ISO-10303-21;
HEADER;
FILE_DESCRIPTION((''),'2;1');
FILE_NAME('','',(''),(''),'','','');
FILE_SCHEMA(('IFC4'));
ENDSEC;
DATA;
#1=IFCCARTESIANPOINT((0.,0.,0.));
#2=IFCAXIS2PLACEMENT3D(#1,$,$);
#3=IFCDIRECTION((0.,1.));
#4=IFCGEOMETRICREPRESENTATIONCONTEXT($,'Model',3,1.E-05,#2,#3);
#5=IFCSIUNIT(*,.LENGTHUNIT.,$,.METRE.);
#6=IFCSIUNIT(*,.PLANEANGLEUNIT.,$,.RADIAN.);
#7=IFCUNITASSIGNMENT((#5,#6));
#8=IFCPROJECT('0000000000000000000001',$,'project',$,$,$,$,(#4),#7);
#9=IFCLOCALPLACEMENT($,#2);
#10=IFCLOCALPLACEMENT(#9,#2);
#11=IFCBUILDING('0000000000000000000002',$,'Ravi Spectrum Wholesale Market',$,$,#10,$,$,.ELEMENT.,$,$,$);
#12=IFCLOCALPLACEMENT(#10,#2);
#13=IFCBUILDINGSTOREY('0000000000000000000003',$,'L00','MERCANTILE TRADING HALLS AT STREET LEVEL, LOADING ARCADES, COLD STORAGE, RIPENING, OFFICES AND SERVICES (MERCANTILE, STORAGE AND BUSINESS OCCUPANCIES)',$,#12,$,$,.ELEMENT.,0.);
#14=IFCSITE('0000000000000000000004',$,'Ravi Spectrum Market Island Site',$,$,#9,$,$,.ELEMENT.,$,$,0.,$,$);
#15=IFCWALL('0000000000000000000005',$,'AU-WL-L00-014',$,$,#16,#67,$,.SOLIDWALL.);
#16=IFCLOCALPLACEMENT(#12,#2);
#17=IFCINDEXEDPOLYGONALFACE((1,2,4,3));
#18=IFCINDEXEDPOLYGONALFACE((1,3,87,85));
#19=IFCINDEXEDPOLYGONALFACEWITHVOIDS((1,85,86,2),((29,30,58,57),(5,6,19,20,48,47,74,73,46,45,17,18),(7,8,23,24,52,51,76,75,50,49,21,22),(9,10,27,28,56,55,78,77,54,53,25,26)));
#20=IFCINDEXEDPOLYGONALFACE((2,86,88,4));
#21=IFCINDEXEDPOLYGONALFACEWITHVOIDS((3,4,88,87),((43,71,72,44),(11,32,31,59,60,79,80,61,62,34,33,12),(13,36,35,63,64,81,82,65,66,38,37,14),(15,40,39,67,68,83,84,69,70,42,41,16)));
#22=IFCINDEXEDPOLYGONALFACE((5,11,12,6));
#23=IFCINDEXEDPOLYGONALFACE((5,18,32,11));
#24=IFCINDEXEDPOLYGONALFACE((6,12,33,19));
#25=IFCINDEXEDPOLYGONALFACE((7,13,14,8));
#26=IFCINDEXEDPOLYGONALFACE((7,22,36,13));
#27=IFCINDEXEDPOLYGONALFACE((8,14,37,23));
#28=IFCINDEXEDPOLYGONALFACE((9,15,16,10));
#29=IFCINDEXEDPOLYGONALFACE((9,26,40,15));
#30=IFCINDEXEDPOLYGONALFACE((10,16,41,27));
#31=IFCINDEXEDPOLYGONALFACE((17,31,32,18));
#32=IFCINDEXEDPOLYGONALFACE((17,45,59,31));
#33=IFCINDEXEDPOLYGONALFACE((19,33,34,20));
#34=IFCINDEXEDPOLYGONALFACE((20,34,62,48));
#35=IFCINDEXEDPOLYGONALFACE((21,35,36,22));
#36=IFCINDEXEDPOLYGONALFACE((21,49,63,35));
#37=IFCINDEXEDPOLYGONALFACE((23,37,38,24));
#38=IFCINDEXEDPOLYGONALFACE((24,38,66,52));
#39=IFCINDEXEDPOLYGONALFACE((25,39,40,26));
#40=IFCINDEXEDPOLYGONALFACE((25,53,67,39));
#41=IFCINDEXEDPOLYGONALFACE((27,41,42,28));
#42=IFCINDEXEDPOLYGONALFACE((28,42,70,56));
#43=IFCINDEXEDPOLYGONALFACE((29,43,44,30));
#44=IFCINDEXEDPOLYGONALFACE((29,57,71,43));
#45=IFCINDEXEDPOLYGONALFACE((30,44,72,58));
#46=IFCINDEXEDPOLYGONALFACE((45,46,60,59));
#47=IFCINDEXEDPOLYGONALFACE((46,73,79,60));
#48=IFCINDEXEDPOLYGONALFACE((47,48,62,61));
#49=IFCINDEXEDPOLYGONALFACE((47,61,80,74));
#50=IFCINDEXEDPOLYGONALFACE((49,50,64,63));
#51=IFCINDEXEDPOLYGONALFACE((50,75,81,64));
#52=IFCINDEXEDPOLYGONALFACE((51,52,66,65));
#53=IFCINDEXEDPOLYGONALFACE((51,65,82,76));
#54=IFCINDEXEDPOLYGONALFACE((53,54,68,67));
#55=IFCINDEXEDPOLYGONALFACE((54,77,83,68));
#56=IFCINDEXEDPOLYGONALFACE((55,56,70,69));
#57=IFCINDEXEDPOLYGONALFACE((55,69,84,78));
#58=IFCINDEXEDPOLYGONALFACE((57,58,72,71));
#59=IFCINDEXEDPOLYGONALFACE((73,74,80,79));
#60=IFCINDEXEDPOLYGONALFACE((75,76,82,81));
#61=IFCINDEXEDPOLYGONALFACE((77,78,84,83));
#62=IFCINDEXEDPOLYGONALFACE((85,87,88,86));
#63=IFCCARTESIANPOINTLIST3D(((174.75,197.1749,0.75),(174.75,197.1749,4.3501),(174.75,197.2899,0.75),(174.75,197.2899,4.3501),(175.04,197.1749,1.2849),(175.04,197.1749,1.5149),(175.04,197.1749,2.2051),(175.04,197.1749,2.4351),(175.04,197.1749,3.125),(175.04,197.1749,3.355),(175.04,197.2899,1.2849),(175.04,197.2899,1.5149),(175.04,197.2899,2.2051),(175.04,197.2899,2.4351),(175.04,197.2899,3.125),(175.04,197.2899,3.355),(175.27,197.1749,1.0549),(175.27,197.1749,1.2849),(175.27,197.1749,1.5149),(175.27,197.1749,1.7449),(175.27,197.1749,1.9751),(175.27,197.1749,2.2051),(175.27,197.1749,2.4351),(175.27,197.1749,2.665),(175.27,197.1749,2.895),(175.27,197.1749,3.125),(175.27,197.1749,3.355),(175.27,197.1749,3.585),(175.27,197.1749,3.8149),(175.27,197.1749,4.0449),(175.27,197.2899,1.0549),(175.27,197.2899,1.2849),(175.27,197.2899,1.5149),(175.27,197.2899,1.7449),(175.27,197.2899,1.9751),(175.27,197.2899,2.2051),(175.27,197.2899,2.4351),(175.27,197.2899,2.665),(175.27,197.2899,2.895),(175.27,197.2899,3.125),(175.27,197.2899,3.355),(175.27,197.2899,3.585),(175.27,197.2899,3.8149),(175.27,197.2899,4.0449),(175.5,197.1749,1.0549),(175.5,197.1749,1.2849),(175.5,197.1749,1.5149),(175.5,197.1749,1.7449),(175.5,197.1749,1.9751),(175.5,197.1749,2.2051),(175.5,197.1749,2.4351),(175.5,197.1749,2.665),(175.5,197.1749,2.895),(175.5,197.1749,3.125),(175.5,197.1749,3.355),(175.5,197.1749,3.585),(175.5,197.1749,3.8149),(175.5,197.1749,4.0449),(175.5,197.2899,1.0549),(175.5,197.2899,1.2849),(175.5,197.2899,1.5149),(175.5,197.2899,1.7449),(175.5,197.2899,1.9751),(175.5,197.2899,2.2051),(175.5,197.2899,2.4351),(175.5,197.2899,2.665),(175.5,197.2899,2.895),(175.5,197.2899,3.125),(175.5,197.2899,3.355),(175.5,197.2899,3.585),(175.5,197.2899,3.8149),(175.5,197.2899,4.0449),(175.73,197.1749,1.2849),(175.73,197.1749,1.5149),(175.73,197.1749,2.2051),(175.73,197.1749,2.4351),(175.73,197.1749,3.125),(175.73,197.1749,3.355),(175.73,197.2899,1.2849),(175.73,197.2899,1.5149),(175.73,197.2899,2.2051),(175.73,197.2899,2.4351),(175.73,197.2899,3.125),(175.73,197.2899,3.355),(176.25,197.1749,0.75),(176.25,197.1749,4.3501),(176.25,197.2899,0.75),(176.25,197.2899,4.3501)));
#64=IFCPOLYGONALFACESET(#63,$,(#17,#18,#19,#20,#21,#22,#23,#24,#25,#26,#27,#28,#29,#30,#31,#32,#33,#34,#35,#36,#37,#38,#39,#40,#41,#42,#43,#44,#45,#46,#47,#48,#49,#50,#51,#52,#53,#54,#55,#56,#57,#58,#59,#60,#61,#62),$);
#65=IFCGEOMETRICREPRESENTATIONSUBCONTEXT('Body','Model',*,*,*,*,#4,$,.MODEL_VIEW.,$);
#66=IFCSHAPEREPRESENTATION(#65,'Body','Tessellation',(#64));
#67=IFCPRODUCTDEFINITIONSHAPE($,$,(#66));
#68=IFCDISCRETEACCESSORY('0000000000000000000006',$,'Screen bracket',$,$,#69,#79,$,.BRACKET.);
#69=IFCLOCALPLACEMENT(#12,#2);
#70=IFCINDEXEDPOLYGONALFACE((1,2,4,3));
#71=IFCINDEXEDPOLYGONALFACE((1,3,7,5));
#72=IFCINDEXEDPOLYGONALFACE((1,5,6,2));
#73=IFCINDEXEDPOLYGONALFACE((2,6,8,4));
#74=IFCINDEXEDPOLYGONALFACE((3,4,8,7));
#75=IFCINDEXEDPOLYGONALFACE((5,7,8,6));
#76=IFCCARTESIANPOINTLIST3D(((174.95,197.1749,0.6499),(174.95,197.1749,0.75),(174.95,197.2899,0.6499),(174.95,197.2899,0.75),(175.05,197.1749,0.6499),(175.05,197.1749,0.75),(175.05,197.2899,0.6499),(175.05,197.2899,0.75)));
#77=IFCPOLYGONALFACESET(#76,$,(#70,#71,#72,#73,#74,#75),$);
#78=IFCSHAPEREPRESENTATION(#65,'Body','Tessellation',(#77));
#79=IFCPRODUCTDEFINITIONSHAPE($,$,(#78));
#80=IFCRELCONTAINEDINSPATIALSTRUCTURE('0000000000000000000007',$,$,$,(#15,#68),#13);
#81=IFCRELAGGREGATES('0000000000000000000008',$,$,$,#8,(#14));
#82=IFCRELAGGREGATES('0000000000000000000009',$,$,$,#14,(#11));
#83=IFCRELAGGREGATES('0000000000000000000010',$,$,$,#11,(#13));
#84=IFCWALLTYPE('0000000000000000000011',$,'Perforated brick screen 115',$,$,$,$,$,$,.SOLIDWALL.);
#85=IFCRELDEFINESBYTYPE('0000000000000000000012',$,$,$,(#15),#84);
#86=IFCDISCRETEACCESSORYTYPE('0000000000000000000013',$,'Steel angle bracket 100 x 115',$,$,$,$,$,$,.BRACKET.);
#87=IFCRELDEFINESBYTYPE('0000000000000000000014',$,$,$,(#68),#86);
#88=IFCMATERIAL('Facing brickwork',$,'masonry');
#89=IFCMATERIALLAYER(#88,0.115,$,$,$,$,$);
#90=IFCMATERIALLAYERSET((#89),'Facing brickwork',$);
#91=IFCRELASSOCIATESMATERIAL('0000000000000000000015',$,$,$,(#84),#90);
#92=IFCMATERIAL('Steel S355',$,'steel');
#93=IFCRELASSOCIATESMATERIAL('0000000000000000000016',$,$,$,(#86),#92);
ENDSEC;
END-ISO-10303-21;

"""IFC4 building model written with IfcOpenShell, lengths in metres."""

from ifc_helpers import new_model, si_unit, direction, frame, frame_2d, origin, origin_2d, place, context, subcontext, project, spatial, rectangle, extrude, material, layer, layer_set, type_object, element, save


model = new_model("IFC4")

# Units and contexts
model_context = context("Model", 3, precision=1e-05, world=origin(), true_north=direction((0.0, 1.0)))
body_context = subcontext(model_context, "Body", "Model", "MODEL_VIEW")
ifc_project = project(units=[si_unit("LENGTHUNIT", "METRE"), si_unit("PLANEANGLEUNIT", "RADIAN")], contexts=[model_context])

# Site, building, storey
site_placement = place(None, origin())
site = spatial("IfcSite", under=ifc_project, at=site_placement, Name="Ravi Spectrum Market Island Site", CompositionType="ELEMENT", RefElevation=0.0)
building_placement = place(site_placement, origin())
building = spatial("IfcBuilding", under=site, at=building_placement, Name="Ravi Spectrum Wholesale Market", CompositionType="ELEMENT")
storey_placement = place(building_placement, origin())
storey = spatial("IfcBuildingStorey", under=building, at=storey_placement, Name="L00", Description="MERCANTILE TRADING HALLS AT STREET LEVEL, LOADING ARCADES, COLD STORAGE, RIPENING, OFFICES AND SERVICES (MERCANTILE, STORAGE AND BUSINESS OCCUPANCIES)", CompositionType="ELEMENT", Elevation=0.0)

# Wall, openings
ifc_material_1 = material(Name="Facing brickwork", Category="masonry")
ifc_layer_1 = layer(ifc_material_1, 0.115)
ifc_layer_set_1 = layer_set([ifc_layer_1], Name="Facing brickwork")
wall_type_1 = type_object("IfcWallType", Name="Perforated brick screen 115", PredefinedType="SOLIDWALL", material=ifc_layer_set_1)
wall_1_placement = place(storey_placement, frame((174.75, 197.2324, 0.75), z_axis=(0.0, 0.0, 1.0), x_axis=(1.0, 0.0, 0.0)))
wall_1 = element("IfcWall", 1, at=wall_1_placement, inside=storey, type_object=wall_type_1, Name="AU-WL-L00-014", PredefinedType="SOLIDWALL", context=body_context, shape_type="SweptSolid", body=[
    extrude(rectangle(XDim=1.5, YDim=0.115, at=frame_2d((0.75, 0.0))), origin(), (0.0, 0.0, 1.0), 3.6001),
])
opening_1_placement = place(wall_1_placement, frame((0.52, 0.0, 0.3049)))
element("IfcOpeningElement", 2, at=opening_1_placement, cuts=wall_1, PredefinedType="OPENING", context=body_context, shape_type="SweptSolid", body=[
    extrude(rectangle(XDim=0.23, YDim=0.23, at=frame_2d((0.115, 0.115))), frame((0.0, 0.0674, 0.0), z_axis=(0.0, -1.0, 0.0), x_axis=(1.0, 0.0, 0.0)), (0.0, 0.0, 1.0), 0.135),
])
opening_2_placement = place(wall_1_placement, frame((0.29, 0.0, 0.5349)))
element("IfcOpeningElement", 3, at=opening_2_placement, cuts=wall_1, PredefinedType="OPENING", context=body_context, shape_type="SweptSolid", body=[
    extrude(rectangle(XDim=0.23, YDim=0.23, at=frame_2d((0.115, 0.115))), frame((0.0, 0.0674, 0.0), z_axis=(0.0, -1.0, 0.0), x_axis=(1.0, 0.0, 0.0)), (0.0, 0.0, 1.0), 0.135),
])
opening_3_placement = place(wall_1_placement, frame((0.52, 0.0, 0.5349)))
element("IfcOpeningElement", 4, at=opening_3_placement, cuts=wall_1, PredefinedType="OPENING", context=body_context, shape_type="SweptSolid", body=[
    extrude(rectangle(XDim=0.23, YDim=0.23, at=frame_2d((0.115, 0.115))), frame((0.0, 0.0674, 0.0), z_axis=(0.0, -1.0, 0.0), x_axis=(1.0, 0.0, 0.0)), (0.0, 0.0, 1.0), 0.135),
])
opening_4_placement = place(wall_1_placement, frame((0.75, 0.0, 0.5349)))
element("IfcOpeningElement", 5, at=opening_4_placement, cuts=wall_1, PredefinedType="OPENING", context=body_context, shape_type="SweptSolid", body=[
    extrude(rectangle(XDim=0.23, YDim=0.23, at=frame_2d((0.115, 0.115))), frame((0.0, 0.0674, 0.0), z_axis=(0.0, -1.0, 0.0), x_axis=(1.0, 0.0, 0.0)), (0.0, 0.0, 1.0), 0.135),
])
opening_5_placement = place(wall_1_placement, frame((0.52, 0.0, 0.7649)))
element("IfcOpeningElement", 6, at=opening_5_placement, cuts=wall_1, PredefinedType="OPENING", context=body_context, shape_type="SweptSolid", body=[
    extrude(rectangle(XDim=0.23, YDim=0.23, at=frame_2d((0.115, 0.115))), frame((0.0, 0.0674, 0.0), z_axis=(0.0, -1.0, 0.0), x_axis=(1.0, 0.0, 0.0)), (0.0, 0.0, 1.0), 0.135),
])
opening_6_placement = place(wall_1_placement, frame((0.52, 0.0, 1.2251)))
element("IfcOpeningElement", 7, at=opening_6_placement, cuts=wall_1, PredefinedType="OPENING", context=body_context, shape_type="SweptSolid", body=[
    extrude(rectangle(XDim=0.23, YDim=0.23, at=frame_2d((0.115, 0.115))), frame((0.0, 0.0674, 0.0), z_axis=(0.0, -1.0, 0.0), x_axis=(1.0, 0.0, 0.0)), (0.0, 0.0, 1.0), 0.135),
])
opening_7_placement = place(wall_1_placement, frame((0.29, 0.0, 1.4551)))
element("IfcOpeningElement", 8, at=opening_7_placement, cuts=wall_1, PredefinedType="OPENING", context=body_context, shape_type="SweptSolid", body=[
    extrude(rectangle(XDim=0.23, YDim=0.23, at=frame_2d((0.115, 0.115))), frame((0.0, 0.0674, 0.0), z_axis=(0.0, -1.0, 0.0), x_axis=(1.0, 0.0, 0.0)), (0.0, 0.0, 1.0), 0.135),
])
opening_8_placement = place(wall_1_placement, frame((0.52, 0.0, 1.4551)))
element("IfcOpeningElement", 9, at=opening_8_placement, cuts=wall_1, PredefinedType="OPENING", context=body_context, shape_type="SweptSolid", body=[
    extrude(rectangle(XDim=0.23, YDim=0.23, at=frame_2d((0.115, 0.115))), frame((0.0, 0.0674, 0.0), z_axis=(0.0, -1.0, 0.0), x_axis=(1.0, 0.0, 0.0)), (0.0, 0.0, 1.0), 0.135),
])
opening_9_placement = place(wall_1_placement, frame((0.75, 0.0, 1.4551)))
element("IfcOpeningElement", 10, at=opening_9_placement, cuts=wall_1, PredefinedType="OPENING", context=body_context, shape_type="SweptSolid", body=[
    extrude(rectangle(XDim=0.23, YDim=0.23, at=frame_2d((0.115, 0.115))), frame((0.0, 0.0674, 0.0), z_axis=(0.0, -1.0, 0.0), x_axis=(1.0, 0.0, 0.0)), (0.0, 0.0, 1.0), 0.135),
])
opening_10_placement = place(wall_1_placement, frame((0.52, 0.0, 1.6851)))
element("IfcOpeningElement", 11, at=opening_10_placement, cuts=wall_1, PredefinedType="OPENING", context=body_context, shape_type="SweptSolid", body=[
    extrude(rectangle(XDim=0.23, YDim=0.23, at=frame_2d((0.115, 0.115))), frame((0.0, 0.0674, 0.0), z_axis=(0.0, -1.0, 0.0), x_axis=(1.0, 0.0, 0.0)), (0.0, 0.0, 1.0), 0.135),
])
opening_11_placement = place(wall_1_placement, frame((0.52, 0.0, 2.145)))
element("IfcOpeningElement", 12, at=opening_11_placement, cuts=wall_1, PredefinedType="OPENING", context=body_context, shape_type="SweptSolid", body=[
    extrude(rectangle(XDim=0.23, YDim=0.23, at=frame_2d((0.115, 0.115))), frame((0.0, 0.0674, 0.0), z_axis=(0.0, -1.0, 0.0), x_axis=(1.0, 0.0, 0.0)), (0.0, 0.0, 1.0), 0.135),
])
opening_12_placement = place(wall_1_placement, frame((0.29, 0.0, 2.375)))
element("IfcOpeningElement", 13, at=opening_12_placement, cuts=wall_1, PredefinedType="OPENING", context=body_context, shape_type="SweptSolid", body=[
    extrude(rectangle(XDim=0.23, YDim=0.23, at=frame_2d((0.115, 0.115))), frame((0.0, 0.0674, 0.0), z_axis=(0.0, -1.0, 0.0), x_axis=(1.0, 0.0, 0.0)), (0.0, 0.0, 1.0), 0.135),
])
opening_13_placement = place(wall_1_placement, frame((0.52, 0.0, 2.375)))
element("IfcOpeningElement", 14, at=opening_13_placement, cuts=wall_1, PredefinedType="OPENING", context=body_context, shape_type="SweptSolid", body=[
    extrude(rectangle(XDim=0.23, YDim=0.23, at=frame_2d((0.115, 0.115))), frame((0.0, 0.0674, 0.0), z_axis=(0.0, -1.0, 0.0), x_axis=(1.0, 0.0, 0.0)), (0.0, 0.0, 1.0), 0.135),
])
opening_14_placement = place(wall_1_placement, frame((0.75, 0.0, 2.375)))
element("IfcOpeningElement", 15, at=opening_14_placement, cuts=wall_1, PredefinedType="OPENING", context=body_context, shape_type="SweptSolid", body=[
    extrude(rectangle(XDim=0.23, YDim=0.23, at=frame_2d((0.115, 0.115))), frame((0.0, 0.0674, 0.0), z_axis=(0.0, -1.0, 0.0), x_axis=(1.0, 0.0, 0.0)), (0.0, 0.0, 1.0), 0.135),
])
opening_15_placement = place(wall_1_placement, frame((0.52, 0.0, 2.605)))
element("IfcOpeningElement", 16, at=opening_15_placement, cuts=wall_1, PredefinedType="OPENING", context=body_context, shape_type="SweptSolid", body=[
    extrude(rectangle(XDim=0.23, YDim=0.23, at=frame_2d((0.115, 0.115))), frame((0.0, 0.0674, 0.0), z_axis=(0.0, -1.0, 0.0), x_axis=(1.0, 0.0, 0.0)), (0.0, 0.0, 1.0), 0.135),
])
opening_16_placement = place(wall_1_placement, frame((0.52, 0.0, 3.0649)))
element("IfcOpeningElement", 17, at=opening_16_placement, cuts=wall_1, PredefinedType="OPENING", context=body_context, shape_type="SweptSolid", body=[
    extrude(rectangle(XDim=0.23, YDim=0.23, at=frame_2d((0.115, 0.115))), frame((0.0, 0.0674, 0.0), z_axis=(0.0, -1.0, 0.0), x_axis=(1.0, 0.0, 0.0)), (0.0, 0.0, 1.0), 0.135),
])

# Discrete accessory
ifc_material_2 = material(Name="Steel S355", Category="steel")
discrete_accessory_type = type_object("IfcDiscreteAccessoryType", Name="Steel angle bracket 100 x 115", PredefinedType="BRACKET", material=ifc_material_2)
discrete_accessory_placement = place(storey_placement, frame((175.0, 197.2324, 0.6499), z_axis=(0.0, 0.0, 1.0), x_axis=(1.0, 0.0, 0.0)))
element("IfcDiscreteAccessory", 18, at=discrete_accessory_placement, inside=storey, type_object=discrete_accessory_type, Name="Screen bracket", PredefinedType="BRACKET", context=body_context, shape_type="SweptSolid", body=[
    extrude(rectangle(XDim=0.1001, YDim=0.115, at=origin_2d()), origin(), (0.0, 0.0, 1.0), 0.1001),
])

save(model, "model.ifc")
